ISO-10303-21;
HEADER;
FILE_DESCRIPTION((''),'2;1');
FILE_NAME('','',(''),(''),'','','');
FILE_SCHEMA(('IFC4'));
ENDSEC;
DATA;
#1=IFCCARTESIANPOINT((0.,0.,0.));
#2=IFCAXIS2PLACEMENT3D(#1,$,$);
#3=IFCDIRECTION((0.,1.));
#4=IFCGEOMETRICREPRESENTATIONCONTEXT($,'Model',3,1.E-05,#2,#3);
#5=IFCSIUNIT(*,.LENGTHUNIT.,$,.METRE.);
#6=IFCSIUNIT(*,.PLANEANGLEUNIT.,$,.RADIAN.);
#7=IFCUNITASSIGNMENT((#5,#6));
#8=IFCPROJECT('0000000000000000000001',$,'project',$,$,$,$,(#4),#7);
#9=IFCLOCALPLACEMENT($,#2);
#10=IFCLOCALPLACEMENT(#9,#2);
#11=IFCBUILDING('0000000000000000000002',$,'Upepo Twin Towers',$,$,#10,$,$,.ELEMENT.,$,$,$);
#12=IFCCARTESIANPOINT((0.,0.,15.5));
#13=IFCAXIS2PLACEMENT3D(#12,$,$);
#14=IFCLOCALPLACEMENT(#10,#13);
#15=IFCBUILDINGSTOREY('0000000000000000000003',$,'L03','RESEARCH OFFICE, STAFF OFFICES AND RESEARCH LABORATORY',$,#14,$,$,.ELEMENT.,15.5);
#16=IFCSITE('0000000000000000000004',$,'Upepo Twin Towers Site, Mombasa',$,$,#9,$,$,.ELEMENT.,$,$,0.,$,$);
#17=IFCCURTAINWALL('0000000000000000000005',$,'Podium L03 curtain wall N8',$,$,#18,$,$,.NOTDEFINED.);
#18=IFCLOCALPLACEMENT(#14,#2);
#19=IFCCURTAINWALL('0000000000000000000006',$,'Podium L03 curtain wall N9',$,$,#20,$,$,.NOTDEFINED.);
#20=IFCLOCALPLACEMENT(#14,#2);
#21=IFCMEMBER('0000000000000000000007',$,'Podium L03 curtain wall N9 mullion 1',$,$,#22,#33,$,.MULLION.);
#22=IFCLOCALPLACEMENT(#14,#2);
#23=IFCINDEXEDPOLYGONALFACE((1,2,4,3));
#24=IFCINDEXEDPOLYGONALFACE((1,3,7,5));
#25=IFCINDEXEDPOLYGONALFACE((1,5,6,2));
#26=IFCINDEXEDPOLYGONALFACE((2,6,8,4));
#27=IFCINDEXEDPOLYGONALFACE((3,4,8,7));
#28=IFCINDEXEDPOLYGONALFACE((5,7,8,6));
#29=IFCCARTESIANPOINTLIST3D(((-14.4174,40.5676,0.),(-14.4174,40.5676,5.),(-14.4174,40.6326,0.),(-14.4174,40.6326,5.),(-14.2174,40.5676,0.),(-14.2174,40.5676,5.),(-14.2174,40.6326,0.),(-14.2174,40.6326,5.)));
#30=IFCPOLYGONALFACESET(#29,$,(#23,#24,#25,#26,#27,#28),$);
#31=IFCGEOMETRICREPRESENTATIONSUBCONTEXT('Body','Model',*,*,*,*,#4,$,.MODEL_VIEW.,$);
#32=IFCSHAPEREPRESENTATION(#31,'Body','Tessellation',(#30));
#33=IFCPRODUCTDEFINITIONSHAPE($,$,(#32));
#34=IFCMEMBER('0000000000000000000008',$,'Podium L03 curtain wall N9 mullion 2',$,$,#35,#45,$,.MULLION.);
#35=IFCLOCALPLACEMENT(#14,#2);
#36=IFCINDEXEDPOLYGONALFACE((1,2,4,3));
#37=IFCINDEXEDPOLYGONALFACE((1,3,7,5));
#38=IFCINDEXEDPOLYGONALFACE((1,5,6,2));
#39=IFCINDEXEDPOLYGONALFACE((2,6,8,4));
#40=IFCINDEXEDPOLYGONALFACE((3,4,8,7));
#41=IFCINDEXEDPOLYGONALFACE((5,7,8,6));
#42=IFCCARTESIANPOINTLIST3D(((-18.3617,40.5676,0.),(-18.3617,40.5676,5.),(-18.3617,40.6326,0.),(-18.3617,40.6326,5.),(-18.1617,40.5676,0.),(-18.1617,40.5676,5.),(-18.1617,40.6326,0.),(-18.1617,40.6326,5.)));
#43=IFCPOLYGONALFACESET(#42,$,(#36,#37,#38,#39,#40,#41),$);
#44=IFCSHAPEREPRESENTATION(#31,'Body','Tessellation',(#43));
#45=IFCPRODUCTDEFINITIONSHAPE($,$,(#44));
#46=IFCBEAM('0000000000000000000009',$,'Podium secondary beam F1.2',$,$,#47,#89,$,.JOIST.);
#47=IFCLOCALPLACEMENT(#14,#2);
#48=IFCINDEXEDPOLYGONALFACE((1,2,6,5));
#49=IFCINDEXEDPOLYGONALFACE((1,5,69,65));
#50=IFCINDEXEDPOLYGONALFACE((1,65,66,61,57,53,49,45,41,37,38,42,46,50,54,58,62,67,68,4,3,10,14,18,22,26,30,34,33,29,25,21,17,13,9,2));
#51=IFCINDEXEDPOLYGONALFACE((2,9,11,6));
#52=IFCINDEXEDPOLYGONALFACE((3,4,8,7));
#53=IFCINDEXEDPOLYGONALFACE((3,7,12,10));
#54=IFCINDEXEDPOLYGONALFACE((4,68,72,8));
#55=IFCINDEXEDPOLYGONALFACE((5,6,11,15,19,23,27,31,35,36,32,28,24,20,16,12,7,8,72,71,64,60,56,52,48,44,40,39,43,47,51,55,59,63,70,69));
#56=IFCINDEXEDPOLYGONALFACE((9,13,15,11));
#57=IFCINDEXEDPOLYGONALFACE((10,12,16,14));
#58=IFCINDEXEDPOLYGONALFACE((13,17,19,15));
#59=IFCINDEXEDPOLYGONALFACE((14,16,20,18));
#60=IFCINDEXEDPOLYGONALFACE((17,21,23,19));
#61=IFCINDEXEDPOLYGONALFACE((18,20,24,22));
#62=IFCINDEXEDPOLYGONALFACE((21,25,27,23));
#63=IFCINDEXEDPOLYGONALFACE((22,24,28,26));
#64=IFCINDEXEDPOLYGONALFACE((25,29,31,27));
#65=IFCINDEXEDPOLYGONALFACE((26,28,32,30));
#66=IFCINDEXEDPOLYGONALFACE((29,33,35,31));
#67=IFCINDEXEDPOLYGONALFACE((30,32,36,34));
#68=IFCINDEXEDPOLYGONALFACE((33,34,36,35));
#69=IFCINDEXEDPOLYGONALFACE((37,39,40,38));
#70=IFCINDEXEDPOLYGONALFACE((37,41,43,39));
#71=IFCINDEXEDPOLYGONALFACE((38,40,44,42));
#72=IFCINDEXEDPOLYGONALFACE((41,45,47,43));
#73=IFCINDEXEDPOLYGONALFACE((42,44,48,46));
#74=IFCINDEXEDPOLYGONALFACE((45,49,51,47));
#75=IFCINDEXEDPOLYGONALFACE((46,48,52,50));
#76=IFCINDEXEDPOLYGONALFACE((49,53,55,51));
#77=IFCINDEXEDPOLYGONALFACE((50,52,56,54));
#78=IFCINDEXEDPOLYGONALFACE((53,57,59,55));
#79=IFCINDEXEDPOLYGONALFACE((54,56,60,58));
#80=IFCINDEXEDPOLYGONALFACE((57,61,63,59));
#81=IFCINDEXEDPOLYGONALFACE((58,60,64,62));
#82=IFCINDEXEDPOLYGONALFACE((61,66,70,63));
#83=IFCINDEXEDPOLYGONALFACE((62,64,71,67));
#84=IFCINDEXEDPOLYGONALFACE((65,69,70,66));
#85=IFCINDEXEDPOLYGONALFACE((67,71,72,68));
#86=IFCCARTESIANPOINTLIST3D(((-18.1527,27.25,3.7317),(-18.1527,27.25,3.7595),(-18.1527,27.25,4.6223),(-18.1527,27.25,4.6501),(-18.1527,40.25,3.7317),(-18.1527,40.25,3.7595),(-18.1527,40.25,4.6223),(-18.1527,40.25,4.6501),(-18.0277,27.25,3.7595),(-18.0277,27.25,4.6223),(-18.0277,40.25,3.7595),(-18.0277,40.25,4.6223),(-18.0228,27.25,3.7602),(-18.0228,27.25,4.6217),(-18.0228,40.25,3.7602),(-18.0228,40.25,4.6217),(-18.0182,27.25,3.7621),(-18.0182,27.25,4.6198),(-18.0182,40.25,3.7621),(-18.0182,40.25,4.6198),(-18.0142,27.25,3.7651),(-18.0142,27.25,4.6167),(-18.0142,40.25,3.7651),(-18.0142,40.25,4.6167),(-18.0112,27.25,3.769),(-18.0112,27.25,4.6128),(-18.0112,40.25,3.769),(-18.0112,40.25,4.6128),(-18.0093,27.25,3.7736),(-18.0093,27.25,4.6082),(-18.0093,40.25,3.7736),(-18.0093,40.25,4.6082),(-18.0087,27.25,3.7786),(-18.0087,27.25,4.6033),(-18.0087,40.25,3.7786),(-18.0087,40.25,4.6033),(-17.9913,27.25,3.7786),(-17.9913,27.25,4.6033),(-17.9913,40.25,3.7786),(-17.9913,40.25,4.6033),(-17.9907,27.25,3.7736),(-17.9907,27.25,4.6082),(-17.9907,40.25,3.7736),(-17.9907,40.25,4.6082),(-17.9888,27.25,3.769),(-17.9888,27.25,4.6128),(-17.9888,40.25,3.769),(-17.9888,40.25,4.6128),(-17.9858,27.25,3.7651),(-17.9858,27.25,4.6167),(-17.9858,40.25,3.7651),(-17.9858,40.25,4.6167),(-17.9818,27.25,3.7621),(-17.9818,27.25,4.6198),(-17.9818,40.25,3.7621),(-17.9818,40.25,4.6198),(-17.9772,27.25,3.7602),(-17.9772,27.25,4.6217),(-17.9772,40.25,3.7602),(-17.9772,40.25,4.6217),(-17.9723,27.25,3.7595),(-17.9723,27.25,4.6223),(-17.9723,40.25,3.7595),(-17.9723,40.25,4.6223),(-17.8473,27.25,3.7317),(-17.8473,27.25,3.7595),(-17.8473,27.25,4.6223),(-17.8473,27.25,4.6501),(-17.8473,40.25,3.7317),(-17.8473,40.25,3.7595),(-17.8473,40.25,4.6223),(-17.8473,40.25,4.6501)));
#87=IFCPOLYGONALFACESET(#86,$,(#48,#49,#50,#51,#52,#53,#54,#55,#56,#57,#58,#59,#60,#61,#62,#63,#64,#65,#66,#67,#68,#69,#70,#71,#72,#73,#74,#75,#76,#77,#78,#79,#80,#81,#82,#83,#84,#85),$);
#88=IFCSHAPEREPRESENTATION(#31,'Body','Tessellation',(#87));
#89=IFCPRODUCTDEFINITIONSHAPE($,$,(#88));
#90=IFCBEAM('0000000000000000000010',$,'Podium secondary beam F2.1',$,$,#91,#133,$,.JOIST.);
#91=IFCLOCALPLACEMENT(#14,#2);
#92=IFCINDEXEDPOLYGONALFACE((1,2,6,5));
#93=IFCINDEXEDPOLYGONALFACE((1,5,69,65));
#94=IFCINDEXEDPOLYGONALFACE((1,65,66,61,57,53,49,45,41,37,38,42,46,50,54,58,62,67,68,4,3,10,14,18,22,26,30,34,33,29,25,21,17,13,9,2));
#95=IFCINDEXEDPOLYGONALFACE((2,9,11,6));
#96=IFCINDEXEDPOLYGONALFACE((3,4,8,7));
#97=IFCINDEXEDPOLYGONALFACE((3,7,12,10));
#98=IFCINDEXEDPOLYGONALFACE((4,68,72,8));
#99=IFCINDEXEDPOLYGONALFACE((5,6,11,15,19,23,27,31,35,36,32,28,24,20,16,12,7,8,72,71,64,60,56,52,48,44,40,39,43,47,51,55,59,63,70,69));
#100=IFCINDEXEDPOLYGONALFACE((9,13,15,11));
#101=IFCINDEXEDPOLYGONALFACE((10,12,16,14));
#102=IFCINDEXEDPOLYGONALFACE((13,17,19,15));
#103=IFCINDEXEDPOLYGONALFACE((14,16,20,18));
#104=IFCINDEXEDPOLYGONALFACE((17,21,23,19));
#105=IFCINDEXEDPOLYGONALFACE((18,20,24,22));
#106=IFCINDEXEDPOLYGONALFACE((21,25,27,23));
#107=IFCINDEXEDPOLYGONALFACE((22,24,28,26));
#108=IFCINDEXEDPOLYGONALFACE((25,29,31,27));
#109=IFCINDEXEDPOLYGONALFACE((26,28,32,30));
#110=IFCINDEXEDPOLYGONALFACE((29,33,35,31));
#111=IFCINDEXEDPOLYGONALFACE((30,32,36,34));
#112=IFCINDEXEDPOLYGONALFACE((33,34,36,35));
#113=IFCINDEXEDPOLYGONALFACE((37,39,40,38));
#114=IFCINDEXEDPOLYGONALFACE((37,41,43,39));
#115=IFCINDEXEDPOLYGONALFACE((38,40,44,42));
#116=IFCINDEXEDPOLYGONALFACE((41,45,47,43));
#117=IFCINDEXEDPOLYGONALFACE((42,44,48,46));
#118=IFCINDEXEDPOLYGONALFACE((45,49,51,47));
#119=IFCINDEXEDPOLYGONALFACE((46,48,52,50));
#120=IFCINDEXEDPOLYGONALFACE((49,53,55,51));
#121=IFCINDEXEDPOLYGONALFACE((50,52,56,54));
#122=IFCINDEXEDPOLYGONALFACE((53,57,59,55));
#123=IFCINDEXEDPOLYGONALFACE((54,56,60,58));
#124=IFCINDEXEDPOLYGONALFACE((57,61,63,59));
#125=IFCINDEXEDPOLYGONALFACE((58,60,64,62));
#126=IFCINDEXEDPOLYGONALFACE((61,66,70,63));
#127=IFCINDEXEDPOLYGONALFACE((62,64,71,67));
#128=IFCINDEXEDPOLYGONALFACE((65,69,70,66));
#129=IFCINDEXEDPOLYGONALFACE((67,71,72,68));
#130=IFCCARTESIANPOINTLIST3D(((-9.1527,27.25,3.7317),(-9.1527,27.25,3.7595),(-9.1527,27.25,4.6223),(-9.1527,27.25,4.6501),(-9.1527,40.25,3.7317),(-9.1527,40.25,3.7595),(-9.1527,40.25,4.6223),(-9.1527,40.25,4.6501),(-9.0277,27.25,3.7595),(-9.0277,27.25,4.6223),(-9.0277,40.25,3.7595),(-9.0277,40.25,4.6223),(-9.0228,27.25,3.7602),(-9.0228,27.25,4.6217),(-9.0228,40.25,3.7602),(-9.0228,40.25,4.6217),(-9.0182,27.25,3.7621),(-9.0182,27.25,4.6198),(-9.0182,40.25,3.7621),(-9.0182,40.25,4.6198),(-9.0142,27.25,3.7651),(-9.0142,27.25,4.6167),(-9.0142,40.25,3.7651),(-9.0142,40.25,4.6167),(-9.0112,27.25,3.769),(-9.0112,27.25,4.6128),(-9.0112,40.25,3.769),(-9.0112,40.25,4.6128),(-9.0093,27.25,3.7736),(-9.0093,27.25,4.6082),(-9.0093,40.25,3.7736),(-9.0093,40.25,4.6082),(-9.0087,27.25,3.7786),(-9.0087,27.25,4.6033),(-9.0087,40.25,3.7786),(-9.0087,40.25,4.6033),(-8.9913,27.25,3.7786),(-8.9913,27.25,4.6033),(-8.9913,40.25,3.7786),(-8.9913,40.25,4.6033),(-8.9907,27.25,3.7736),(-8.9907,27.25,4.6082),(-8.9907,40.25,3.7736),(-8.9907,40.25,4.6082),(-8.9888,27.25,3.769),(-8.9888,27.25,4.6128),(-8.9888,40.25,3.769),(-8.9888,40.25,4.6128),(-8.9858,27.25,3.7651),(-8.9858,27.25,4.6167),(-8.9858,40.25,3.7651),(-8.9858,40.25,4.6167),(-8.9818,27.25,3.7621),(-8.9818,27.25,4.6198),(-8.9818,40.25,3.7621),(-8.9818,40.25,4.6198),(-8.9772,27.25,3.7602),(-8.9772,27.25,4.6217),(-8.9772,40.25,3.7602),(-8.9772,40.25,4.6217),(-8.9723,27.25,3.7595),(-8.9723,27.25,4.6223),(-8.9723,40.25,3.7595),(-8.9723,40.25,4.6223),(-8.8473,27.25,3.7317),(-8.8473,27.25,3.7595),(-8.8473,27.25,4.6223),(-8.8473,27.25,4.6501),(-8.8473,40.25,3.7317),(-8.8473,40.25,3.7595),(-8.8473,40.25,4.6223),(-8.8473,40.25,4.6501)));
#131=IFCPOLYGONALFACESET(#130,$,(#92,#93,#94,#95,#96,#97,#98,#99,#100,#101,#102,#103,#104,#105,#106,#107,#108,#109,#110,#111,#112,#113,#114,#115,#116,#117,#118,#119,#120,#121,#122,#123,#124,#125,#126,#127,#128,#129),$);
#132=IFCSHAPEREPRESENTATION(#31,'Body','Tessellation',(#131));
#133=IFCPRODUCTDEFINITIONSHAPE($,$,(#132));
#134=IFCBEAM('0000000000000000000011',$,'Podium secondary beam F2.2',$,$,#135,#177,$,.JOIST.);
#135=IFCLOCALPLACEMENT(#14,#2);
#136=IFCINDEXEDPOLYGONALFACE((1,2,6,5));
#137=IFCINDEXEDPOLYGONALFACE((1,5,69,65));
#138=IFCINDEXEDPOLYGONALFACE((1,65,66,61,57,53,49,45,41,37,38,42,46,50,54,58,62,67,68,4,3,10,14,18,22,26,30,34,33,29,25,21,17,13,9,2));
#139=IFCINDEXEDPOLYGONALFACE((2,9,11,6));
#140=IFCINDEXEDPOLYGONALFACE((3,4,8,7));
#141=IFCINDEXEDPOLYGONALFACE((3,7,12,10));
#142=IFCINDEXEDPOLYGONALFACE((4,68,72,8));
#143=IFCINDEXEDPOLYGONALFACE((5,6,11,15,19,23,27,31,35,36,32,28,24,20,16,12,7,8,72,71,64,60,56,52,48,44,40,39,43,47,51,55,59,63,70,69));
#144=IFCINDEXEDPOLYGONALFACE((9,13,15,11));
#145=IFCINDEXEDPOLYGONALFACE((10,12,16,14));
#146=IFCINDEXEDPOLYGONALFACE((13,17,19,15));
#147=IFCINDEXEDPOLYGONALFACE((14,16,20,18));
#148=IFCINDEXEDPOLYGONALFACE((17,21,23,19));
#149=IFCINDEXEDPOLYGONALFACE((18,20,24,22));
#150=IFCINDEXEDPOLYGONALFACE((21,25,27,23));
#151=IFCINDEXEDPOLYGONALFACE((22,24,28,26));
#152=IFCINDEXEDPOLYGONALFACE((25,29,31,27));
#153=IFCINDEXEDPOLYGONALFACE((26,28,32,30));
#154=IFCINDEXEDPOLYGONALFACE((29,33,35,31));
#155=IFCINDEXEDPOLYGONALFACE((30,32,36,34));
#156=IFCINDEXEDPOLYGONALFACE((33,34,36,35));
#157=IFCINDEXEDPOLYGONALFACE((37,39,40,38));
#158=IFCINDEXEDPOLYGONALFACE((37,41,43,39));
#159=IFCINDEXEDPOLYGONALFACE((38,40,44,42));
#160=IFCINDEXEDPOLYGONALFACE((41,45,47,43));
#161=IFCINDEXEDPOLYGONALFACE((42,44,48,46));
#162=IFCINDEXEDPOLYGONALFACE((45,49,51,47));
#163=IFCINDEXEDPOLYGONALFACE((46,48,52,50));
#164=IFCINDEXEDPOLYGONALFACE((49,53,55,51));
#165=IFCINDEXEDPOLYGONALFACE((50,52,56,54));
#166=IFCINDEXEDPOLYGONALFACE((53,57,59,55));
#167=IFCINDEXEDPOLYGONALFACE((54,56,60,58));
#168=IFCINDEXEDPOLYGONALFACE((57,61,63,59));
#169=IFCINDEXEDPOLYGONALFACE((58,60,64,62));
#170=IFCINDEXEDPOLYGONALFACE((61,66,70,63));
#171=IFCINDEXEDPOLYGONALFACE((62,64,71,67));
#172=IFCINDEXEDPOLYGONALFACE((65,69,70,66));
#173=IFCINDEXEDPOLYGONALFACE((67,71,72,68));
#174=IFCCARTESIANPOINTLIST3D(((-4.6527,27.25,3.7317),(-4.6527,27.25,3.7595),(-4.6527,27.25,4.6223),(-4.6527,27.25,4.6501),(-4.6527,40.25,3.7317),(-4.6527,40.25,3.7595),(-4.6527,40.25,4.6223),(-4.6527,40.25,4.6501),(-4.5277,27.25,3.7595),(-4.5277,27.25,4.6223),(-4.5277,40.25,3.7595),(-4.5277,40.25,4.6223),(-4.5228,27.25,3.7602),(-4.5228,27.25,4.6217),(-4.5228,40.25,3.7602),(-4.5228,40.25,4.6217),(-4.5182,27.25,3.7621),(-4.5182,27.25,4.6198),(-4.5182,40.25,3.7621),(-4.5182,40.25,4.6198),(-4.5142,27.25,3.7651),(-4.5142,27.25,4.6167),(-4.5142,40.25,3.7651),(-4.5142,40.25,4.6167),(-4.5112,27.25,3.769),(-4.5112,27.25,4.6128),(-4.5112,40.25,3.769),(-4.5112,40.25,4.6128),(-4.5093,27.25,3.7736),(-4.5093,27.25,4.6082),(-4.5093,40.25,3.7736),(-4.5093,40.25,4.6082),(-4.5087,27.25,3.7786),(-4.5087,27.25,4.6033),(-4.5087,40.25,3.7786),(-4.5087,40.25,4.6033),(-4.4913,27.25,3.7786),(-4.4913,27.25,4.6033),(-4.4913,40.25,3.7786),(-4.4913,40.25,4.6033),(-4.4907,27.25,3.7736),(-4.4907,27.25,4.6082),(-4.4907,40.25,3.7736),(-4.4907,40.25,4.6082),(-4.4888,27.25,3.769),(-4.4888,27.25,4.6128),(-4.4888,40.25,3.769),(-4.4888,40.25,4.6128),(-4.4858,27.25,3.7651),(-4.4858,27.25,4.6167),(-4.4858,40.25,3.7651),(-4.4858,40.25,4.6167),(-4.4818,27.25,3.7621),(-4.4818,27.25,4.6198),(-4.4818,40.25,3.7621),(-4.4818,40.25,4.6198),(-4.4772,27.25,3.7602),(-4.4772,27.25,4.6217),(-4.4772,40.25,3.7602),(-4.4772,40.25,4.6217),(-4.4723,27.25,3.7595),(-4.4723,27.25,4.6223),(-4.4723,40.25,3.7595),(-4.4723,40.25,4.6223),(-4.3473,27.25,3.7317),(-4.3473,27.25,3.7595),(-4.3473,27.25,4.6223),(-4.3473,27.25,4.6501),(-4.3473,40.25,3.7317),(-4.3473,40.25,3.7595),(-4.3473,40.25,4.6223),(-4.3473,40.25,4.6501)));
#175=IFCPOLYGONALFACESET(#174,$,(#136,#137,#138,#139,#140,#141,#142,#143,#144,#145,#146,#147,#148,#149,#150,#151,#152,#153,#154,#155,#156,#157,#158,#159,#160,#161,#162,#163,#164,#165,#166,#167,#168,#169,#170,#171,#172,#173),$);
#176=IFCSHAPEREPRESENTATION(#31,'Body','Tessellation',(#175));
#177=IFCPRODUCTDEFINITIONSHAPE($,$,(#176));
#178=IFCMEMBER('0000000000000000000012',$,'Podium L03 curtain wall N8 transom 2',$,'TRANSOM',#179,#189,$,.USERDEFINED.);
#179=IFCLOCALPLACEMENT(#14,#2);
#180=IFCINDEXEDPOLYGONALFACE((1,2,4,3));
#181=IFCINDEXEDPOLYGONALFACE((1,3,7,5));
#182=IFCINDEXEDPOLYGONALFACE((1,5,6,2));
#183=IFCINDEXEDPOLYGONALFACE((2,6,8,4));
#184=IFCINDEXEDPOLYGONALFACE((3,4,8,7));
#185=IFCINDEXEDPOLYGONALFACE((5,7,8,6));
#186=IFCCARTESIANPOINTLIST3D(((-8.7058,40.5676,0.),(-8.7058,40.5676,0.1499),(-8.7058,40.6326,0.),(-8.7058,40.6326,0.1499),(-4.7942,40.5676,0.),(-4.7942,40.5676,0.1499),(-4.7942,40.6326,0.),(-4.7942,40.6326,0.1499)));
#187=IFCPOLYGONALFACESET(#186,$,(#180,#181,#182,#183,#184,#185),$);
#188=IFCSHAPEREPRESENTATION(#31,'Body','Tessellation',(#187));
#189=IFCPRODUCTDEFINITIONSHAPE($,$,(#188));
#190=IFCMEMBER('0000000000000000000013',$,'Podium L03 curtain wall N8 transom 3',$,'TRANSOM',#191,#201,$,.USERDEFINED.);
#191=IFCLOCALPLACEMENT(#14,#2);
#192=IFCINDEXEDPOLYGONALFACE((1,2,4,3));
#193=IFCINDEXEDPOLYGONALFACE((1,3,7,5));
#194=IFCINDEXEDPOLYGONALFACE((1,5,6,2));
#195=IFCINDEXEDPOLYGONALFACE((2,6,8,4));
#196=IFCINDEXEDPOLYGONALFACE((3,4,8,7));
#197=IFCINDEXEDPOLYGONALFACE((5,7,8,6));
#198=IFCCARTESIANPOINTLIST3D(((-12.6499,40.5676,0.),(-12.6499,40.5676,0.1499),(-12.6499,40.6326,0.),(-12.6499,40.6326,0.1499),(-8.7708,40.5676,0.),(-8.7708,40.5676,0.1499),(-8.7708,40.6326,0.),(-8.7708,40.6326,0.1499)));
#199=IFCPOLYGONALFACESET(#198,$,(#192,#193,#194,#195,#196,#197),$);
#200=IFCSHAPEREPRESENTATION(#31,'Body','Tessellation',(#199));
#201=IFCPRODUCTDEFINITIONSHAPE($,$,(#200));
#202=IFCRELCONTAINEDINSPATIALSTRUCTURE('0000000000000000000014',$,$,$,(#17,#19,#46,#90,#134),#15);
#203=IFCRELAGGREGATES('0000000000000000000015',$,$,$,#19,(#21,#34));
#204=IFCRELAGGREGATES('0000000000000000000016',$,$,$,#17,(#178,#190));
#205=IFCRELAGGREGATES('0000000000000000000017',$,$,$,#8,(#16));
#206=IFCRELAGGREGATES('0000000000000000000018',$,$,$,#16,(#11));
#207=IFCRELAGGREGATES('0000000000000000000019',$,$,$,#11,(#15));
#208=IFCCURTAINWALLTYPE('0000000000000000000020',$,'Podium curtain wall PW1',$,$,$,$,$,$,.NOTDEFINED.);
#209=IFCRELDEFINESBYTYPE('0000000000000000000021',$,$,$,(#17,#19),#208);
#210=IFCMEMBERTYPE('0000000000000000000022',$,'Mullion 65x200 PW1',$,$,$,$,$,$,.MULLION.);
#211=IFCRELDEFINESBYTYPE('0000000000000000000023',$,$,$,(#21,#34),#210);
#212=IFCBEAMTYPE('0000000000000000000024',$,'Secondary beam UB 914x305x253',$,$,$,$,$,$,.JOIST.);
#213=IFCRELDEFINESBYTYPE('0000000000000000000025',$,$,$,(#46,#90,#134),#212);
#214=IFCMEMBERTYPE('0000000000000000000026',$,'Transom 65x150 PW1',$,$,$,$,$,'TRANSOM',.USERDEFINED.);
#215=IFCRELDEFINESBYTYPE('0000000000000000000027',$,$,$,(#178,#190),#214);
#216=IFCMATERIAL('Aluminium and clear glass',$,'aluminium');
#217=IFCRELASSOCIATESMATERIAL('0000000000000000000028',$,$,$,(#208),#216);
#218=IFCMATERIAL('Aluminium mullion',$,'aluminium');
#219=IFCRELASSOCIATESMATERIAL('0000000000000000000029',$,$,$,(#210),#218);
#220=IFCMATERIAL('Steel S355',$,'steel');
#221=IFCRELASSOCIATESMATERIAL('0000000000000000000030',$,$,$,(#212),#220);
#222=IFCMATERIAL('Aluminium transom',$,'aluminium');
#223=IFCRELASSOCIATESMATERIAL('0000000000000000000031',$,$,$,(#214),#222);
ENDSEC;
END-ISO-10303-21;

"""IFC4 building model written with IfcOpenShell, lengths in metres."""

from ifc_helpers import new_model, si_unit, direction, frame, origin, origin_2d, place, context, subcontext, project, spatial, rectangle, i_section, extrude, material, material_profile, profile_set, type_object, element, aggregate, save


model = new_model("IFC4")

# Units and contexts
model_context = context("Model", 3, precision=1e-05, world=origin(), true_north=direction((0.0, 1.0)))
body_context = subcontext(model_context, "Body", "Model", "MODEL_VIEW")
ifc_project = project(units=[si_unit("LENGTHUNIT", "METRE"), si_unit("PLANEANGLEUNIT", "RADIAN")], contexts=[model_context])

# Site, building, storey
site_placement = place(None, origin())
site = spatial("IfcSite", under=ifc_project, at=site_placement, Name="Upepo Twin Towers Site, Mombasa", CompositionType="ELEMENT", RefElevation=0.0)
building_placement = place(site_placement, origin())
building = spatial("IfcBuilding", under=site, at=building_placement, Name="Upepo Twin Towers", CompositionType="ELEMENT")
storey_placement = place(building_placement, frame((0.0, 0.0, 15.5)))
storey = spatial("IfcBuildingStorey", under=building, at=storey_placement, Name="L03", Description="RESEARCH OFFICE, STAFF OFFICES AND RESEARCH LABORATORY", CompositionType="ELEMENT", Elevation=15.5)

# Curtain walls, members
ifc_material_1 = material(Name="Aluminium and clear glass", Category="aluminium")
curtain_wall_type = type_object("IfcCurtainWallType", Name="Podium curtain wall PW1", PredefinedType="NOTDEFINED", material=ifc_material_1)
curtain_wall_1_placement = place(storey_placement, origin())
curtain_wall_1 = element("IfcCurtainWall", 1, at=curtain_wall_1_placement, inside=storey, type_object=curtain_wall_type, Name="Podium L03 curtain wall N8", PredefinedType="NOTDEFINED")
ifc_material_2 = material(Name="Aluminium mullion", Category="aluminium")
ifc_material_profile_1 = material_profile(ifc_material_2, rectangle(XDim=0.0649, YDim=0.2, at=origin_2d()), Name="MULLION 65x200 PODIUM")
ifc_profile_set_1 = profile_set([ifc_material_profile_1], Name="Aluminium mullion")
member_type_1 = type_object("IfcMemberType", Name="Mullion 65x200 PW1", PredefinedType="MULLION", material=ifc_profile_set_1)
curtain_wall_2_placement = place(storey_placement, origin())
curtain_wall_2 = element("IfcCurtainWall", 2, at=curtain_wall_2_placement, inside=storey, type_object=curtain_wall_type, Name="Podium L03 curtain wall N9", PredefinedType="NOTDEFINED")
member_1_placement = place(storey_placement, frame((-14.3174, 40.6001, 0.0), z_axis=(0.0, 0.0, 1.0), x_axis=(0.0, -1.0, 0.0)))
member_1 = element("IfcMember", 3, at=member_1_placement, type_object=member_type_1, Name="Podium L03 curtain wall N9 mullion 1", PredefinedType="MULLION", context=body_context, shape_type="SweptSolid", body=[
    extrude(rectangle(XDim=0.0649, YDim=0.2, at=origin_2d()), origin(), (0.0, 0.0, 1.0), 5.0),
])
member_2_placement = place(storey_placement, frame((-18.2617, 40.6001, 0.0), z_axis=(0.0, 0.0, 1.0), x_axis=(0.0, -1.0, 0.0)))
member_2 = element("IfcMember", 4, at=member_2_placement, type_object=member_type_1, Name="Podium L03 curtain wall N9 mullion 2", PredefinedType="MULLION", context=body_context, shape_type="SweptSolid", body=[
    extrude(rectangle(XDim=0.0649, YDim=0.2, at=origin_2d()), origin(), (0.0, 0.0, 1.0), 5.0),
])

# Beams
ifc_material_3 = material(Name="Steel S355", Category="steel")
ifc_material_profile_2 = material_profile(ifc_material_3, i_section(OverallWidth=0.3054, OverallDepth=0.9185, WebThickness=0.0173, FlangeThickness=0.0278, FilletRadius=0.019, at=origin_2d()), Name="UB 914x305x253")
ifc_profile_set_2 = profile_set([ifc_material_profile_2], Name="Steel S355")
beam_type_1 = type_object("IfcBeamType", Name="Secondary beam UB 914x305x253", PredefinedType="JOIST", material=ifc_profile_set_2)
for number, where, z_axis, x_axis, name in (
    (5, (-18.0, 27.25, 4.1909), (0.0, 1.0, 0.0), (-1.0, 0.0, 0.0), "Podium secondary beam F1.2"),
    (6, (-9.0, 27.25, 4.1909), (0.0, 1.0, 0.0), (-1.0, 0.0, 0.0), "Podium secondary beam F2.1"),
    (7, (-4.5, 27.25, 4.1909), (0.0, 1.0, 0.0), (-1.0, 0.0, 0.0), "Podium secondary beam F2.2"),
):
    element("IfcBeam", number, at=place(storey_placement, frame(where, z_axis=z_axis, x_axis=x_axis)), inside=storey, type_object=beam_type_1, Name=name, PredefinedType="JOIST", context=body_context, shape_type="SweptSolid", body=[
        extrude(i_section(OverallWidth=0.3054, OverallDepth=0.9185, WebThickness=0.0173, FlangeThickness=0.0278, FilletRadius=0.019, at=origin_2d()), origin(), (0.0, 0.0, 1.0), 13.0),
    ])

# Members
ifc_material_4 = material(Name="Aluminium transom", Category="aluminium")
ifc_material_profile_3 = material_profile(ifc_material_4, rectangle(XDim=0.0649, YDim=0.1499, at=origin_2d()), Name="TRANSOM 65x150 PODIUM")
ifc_profile_set_3 = profile_set([ifc_material_profile_3], Name="Aluminium transom")
member_type_2 = type_object("IfcMemberType", Name="Transom 65x150 PW1", ElementType="TRANSOM", PredefinedType="USERDEFINED", material=ifc_profile_set_3)
member_3_placement = place(storey_placement, frame((-4.7942, 40.6001, 0.075), z_axis=(-1.0, 0.0, 0.0), x_axis=(0.0, -1.0, 0.0)))
member_3 = element("IfcMember", 8, at=member_3_placement, type_object=member_type_2, Name="Podium L03 curtain wall N8 transom 2", ObjectType="TRANSOM", PredefinedType="USERDEFINED", context=body_context, shape_type="SweptSolid", body=[
    extrude(rectangle(XDim=0.0649, YDim=0.1499, at=origin_2d()), origin(), (0.0, 0.0, 1.0), 3.9116),
])
member_4_placement = place(storey_placement, frame((-8.7708, 40.6001, 0.075), z_axis=(-1.0, 0.0, 0.0), x_axis=(0.0, -1.0, 0.0)))
member_4 = element("IfcMember", 9, at=member_4_placement, type_object=member_type_2, Name="Podium L03 curtain wall N8 transom 3", ObjectType="TRANSOM", PredefinedType="USERDEFINED", context=body_context, shape_type="SweptSolid", body=[
    extrude(rectangle(XDim=0.0649, YDim=0.1499, at=origin_2d()), origin(), (0.0, 0.0, 1.0), 3.8792),
])

aggregate(curtain_wall_2, [member_1, member_2])
aggregate(curtain_wall_1, [member_3, member_4])

save(model, "model.ifc")
